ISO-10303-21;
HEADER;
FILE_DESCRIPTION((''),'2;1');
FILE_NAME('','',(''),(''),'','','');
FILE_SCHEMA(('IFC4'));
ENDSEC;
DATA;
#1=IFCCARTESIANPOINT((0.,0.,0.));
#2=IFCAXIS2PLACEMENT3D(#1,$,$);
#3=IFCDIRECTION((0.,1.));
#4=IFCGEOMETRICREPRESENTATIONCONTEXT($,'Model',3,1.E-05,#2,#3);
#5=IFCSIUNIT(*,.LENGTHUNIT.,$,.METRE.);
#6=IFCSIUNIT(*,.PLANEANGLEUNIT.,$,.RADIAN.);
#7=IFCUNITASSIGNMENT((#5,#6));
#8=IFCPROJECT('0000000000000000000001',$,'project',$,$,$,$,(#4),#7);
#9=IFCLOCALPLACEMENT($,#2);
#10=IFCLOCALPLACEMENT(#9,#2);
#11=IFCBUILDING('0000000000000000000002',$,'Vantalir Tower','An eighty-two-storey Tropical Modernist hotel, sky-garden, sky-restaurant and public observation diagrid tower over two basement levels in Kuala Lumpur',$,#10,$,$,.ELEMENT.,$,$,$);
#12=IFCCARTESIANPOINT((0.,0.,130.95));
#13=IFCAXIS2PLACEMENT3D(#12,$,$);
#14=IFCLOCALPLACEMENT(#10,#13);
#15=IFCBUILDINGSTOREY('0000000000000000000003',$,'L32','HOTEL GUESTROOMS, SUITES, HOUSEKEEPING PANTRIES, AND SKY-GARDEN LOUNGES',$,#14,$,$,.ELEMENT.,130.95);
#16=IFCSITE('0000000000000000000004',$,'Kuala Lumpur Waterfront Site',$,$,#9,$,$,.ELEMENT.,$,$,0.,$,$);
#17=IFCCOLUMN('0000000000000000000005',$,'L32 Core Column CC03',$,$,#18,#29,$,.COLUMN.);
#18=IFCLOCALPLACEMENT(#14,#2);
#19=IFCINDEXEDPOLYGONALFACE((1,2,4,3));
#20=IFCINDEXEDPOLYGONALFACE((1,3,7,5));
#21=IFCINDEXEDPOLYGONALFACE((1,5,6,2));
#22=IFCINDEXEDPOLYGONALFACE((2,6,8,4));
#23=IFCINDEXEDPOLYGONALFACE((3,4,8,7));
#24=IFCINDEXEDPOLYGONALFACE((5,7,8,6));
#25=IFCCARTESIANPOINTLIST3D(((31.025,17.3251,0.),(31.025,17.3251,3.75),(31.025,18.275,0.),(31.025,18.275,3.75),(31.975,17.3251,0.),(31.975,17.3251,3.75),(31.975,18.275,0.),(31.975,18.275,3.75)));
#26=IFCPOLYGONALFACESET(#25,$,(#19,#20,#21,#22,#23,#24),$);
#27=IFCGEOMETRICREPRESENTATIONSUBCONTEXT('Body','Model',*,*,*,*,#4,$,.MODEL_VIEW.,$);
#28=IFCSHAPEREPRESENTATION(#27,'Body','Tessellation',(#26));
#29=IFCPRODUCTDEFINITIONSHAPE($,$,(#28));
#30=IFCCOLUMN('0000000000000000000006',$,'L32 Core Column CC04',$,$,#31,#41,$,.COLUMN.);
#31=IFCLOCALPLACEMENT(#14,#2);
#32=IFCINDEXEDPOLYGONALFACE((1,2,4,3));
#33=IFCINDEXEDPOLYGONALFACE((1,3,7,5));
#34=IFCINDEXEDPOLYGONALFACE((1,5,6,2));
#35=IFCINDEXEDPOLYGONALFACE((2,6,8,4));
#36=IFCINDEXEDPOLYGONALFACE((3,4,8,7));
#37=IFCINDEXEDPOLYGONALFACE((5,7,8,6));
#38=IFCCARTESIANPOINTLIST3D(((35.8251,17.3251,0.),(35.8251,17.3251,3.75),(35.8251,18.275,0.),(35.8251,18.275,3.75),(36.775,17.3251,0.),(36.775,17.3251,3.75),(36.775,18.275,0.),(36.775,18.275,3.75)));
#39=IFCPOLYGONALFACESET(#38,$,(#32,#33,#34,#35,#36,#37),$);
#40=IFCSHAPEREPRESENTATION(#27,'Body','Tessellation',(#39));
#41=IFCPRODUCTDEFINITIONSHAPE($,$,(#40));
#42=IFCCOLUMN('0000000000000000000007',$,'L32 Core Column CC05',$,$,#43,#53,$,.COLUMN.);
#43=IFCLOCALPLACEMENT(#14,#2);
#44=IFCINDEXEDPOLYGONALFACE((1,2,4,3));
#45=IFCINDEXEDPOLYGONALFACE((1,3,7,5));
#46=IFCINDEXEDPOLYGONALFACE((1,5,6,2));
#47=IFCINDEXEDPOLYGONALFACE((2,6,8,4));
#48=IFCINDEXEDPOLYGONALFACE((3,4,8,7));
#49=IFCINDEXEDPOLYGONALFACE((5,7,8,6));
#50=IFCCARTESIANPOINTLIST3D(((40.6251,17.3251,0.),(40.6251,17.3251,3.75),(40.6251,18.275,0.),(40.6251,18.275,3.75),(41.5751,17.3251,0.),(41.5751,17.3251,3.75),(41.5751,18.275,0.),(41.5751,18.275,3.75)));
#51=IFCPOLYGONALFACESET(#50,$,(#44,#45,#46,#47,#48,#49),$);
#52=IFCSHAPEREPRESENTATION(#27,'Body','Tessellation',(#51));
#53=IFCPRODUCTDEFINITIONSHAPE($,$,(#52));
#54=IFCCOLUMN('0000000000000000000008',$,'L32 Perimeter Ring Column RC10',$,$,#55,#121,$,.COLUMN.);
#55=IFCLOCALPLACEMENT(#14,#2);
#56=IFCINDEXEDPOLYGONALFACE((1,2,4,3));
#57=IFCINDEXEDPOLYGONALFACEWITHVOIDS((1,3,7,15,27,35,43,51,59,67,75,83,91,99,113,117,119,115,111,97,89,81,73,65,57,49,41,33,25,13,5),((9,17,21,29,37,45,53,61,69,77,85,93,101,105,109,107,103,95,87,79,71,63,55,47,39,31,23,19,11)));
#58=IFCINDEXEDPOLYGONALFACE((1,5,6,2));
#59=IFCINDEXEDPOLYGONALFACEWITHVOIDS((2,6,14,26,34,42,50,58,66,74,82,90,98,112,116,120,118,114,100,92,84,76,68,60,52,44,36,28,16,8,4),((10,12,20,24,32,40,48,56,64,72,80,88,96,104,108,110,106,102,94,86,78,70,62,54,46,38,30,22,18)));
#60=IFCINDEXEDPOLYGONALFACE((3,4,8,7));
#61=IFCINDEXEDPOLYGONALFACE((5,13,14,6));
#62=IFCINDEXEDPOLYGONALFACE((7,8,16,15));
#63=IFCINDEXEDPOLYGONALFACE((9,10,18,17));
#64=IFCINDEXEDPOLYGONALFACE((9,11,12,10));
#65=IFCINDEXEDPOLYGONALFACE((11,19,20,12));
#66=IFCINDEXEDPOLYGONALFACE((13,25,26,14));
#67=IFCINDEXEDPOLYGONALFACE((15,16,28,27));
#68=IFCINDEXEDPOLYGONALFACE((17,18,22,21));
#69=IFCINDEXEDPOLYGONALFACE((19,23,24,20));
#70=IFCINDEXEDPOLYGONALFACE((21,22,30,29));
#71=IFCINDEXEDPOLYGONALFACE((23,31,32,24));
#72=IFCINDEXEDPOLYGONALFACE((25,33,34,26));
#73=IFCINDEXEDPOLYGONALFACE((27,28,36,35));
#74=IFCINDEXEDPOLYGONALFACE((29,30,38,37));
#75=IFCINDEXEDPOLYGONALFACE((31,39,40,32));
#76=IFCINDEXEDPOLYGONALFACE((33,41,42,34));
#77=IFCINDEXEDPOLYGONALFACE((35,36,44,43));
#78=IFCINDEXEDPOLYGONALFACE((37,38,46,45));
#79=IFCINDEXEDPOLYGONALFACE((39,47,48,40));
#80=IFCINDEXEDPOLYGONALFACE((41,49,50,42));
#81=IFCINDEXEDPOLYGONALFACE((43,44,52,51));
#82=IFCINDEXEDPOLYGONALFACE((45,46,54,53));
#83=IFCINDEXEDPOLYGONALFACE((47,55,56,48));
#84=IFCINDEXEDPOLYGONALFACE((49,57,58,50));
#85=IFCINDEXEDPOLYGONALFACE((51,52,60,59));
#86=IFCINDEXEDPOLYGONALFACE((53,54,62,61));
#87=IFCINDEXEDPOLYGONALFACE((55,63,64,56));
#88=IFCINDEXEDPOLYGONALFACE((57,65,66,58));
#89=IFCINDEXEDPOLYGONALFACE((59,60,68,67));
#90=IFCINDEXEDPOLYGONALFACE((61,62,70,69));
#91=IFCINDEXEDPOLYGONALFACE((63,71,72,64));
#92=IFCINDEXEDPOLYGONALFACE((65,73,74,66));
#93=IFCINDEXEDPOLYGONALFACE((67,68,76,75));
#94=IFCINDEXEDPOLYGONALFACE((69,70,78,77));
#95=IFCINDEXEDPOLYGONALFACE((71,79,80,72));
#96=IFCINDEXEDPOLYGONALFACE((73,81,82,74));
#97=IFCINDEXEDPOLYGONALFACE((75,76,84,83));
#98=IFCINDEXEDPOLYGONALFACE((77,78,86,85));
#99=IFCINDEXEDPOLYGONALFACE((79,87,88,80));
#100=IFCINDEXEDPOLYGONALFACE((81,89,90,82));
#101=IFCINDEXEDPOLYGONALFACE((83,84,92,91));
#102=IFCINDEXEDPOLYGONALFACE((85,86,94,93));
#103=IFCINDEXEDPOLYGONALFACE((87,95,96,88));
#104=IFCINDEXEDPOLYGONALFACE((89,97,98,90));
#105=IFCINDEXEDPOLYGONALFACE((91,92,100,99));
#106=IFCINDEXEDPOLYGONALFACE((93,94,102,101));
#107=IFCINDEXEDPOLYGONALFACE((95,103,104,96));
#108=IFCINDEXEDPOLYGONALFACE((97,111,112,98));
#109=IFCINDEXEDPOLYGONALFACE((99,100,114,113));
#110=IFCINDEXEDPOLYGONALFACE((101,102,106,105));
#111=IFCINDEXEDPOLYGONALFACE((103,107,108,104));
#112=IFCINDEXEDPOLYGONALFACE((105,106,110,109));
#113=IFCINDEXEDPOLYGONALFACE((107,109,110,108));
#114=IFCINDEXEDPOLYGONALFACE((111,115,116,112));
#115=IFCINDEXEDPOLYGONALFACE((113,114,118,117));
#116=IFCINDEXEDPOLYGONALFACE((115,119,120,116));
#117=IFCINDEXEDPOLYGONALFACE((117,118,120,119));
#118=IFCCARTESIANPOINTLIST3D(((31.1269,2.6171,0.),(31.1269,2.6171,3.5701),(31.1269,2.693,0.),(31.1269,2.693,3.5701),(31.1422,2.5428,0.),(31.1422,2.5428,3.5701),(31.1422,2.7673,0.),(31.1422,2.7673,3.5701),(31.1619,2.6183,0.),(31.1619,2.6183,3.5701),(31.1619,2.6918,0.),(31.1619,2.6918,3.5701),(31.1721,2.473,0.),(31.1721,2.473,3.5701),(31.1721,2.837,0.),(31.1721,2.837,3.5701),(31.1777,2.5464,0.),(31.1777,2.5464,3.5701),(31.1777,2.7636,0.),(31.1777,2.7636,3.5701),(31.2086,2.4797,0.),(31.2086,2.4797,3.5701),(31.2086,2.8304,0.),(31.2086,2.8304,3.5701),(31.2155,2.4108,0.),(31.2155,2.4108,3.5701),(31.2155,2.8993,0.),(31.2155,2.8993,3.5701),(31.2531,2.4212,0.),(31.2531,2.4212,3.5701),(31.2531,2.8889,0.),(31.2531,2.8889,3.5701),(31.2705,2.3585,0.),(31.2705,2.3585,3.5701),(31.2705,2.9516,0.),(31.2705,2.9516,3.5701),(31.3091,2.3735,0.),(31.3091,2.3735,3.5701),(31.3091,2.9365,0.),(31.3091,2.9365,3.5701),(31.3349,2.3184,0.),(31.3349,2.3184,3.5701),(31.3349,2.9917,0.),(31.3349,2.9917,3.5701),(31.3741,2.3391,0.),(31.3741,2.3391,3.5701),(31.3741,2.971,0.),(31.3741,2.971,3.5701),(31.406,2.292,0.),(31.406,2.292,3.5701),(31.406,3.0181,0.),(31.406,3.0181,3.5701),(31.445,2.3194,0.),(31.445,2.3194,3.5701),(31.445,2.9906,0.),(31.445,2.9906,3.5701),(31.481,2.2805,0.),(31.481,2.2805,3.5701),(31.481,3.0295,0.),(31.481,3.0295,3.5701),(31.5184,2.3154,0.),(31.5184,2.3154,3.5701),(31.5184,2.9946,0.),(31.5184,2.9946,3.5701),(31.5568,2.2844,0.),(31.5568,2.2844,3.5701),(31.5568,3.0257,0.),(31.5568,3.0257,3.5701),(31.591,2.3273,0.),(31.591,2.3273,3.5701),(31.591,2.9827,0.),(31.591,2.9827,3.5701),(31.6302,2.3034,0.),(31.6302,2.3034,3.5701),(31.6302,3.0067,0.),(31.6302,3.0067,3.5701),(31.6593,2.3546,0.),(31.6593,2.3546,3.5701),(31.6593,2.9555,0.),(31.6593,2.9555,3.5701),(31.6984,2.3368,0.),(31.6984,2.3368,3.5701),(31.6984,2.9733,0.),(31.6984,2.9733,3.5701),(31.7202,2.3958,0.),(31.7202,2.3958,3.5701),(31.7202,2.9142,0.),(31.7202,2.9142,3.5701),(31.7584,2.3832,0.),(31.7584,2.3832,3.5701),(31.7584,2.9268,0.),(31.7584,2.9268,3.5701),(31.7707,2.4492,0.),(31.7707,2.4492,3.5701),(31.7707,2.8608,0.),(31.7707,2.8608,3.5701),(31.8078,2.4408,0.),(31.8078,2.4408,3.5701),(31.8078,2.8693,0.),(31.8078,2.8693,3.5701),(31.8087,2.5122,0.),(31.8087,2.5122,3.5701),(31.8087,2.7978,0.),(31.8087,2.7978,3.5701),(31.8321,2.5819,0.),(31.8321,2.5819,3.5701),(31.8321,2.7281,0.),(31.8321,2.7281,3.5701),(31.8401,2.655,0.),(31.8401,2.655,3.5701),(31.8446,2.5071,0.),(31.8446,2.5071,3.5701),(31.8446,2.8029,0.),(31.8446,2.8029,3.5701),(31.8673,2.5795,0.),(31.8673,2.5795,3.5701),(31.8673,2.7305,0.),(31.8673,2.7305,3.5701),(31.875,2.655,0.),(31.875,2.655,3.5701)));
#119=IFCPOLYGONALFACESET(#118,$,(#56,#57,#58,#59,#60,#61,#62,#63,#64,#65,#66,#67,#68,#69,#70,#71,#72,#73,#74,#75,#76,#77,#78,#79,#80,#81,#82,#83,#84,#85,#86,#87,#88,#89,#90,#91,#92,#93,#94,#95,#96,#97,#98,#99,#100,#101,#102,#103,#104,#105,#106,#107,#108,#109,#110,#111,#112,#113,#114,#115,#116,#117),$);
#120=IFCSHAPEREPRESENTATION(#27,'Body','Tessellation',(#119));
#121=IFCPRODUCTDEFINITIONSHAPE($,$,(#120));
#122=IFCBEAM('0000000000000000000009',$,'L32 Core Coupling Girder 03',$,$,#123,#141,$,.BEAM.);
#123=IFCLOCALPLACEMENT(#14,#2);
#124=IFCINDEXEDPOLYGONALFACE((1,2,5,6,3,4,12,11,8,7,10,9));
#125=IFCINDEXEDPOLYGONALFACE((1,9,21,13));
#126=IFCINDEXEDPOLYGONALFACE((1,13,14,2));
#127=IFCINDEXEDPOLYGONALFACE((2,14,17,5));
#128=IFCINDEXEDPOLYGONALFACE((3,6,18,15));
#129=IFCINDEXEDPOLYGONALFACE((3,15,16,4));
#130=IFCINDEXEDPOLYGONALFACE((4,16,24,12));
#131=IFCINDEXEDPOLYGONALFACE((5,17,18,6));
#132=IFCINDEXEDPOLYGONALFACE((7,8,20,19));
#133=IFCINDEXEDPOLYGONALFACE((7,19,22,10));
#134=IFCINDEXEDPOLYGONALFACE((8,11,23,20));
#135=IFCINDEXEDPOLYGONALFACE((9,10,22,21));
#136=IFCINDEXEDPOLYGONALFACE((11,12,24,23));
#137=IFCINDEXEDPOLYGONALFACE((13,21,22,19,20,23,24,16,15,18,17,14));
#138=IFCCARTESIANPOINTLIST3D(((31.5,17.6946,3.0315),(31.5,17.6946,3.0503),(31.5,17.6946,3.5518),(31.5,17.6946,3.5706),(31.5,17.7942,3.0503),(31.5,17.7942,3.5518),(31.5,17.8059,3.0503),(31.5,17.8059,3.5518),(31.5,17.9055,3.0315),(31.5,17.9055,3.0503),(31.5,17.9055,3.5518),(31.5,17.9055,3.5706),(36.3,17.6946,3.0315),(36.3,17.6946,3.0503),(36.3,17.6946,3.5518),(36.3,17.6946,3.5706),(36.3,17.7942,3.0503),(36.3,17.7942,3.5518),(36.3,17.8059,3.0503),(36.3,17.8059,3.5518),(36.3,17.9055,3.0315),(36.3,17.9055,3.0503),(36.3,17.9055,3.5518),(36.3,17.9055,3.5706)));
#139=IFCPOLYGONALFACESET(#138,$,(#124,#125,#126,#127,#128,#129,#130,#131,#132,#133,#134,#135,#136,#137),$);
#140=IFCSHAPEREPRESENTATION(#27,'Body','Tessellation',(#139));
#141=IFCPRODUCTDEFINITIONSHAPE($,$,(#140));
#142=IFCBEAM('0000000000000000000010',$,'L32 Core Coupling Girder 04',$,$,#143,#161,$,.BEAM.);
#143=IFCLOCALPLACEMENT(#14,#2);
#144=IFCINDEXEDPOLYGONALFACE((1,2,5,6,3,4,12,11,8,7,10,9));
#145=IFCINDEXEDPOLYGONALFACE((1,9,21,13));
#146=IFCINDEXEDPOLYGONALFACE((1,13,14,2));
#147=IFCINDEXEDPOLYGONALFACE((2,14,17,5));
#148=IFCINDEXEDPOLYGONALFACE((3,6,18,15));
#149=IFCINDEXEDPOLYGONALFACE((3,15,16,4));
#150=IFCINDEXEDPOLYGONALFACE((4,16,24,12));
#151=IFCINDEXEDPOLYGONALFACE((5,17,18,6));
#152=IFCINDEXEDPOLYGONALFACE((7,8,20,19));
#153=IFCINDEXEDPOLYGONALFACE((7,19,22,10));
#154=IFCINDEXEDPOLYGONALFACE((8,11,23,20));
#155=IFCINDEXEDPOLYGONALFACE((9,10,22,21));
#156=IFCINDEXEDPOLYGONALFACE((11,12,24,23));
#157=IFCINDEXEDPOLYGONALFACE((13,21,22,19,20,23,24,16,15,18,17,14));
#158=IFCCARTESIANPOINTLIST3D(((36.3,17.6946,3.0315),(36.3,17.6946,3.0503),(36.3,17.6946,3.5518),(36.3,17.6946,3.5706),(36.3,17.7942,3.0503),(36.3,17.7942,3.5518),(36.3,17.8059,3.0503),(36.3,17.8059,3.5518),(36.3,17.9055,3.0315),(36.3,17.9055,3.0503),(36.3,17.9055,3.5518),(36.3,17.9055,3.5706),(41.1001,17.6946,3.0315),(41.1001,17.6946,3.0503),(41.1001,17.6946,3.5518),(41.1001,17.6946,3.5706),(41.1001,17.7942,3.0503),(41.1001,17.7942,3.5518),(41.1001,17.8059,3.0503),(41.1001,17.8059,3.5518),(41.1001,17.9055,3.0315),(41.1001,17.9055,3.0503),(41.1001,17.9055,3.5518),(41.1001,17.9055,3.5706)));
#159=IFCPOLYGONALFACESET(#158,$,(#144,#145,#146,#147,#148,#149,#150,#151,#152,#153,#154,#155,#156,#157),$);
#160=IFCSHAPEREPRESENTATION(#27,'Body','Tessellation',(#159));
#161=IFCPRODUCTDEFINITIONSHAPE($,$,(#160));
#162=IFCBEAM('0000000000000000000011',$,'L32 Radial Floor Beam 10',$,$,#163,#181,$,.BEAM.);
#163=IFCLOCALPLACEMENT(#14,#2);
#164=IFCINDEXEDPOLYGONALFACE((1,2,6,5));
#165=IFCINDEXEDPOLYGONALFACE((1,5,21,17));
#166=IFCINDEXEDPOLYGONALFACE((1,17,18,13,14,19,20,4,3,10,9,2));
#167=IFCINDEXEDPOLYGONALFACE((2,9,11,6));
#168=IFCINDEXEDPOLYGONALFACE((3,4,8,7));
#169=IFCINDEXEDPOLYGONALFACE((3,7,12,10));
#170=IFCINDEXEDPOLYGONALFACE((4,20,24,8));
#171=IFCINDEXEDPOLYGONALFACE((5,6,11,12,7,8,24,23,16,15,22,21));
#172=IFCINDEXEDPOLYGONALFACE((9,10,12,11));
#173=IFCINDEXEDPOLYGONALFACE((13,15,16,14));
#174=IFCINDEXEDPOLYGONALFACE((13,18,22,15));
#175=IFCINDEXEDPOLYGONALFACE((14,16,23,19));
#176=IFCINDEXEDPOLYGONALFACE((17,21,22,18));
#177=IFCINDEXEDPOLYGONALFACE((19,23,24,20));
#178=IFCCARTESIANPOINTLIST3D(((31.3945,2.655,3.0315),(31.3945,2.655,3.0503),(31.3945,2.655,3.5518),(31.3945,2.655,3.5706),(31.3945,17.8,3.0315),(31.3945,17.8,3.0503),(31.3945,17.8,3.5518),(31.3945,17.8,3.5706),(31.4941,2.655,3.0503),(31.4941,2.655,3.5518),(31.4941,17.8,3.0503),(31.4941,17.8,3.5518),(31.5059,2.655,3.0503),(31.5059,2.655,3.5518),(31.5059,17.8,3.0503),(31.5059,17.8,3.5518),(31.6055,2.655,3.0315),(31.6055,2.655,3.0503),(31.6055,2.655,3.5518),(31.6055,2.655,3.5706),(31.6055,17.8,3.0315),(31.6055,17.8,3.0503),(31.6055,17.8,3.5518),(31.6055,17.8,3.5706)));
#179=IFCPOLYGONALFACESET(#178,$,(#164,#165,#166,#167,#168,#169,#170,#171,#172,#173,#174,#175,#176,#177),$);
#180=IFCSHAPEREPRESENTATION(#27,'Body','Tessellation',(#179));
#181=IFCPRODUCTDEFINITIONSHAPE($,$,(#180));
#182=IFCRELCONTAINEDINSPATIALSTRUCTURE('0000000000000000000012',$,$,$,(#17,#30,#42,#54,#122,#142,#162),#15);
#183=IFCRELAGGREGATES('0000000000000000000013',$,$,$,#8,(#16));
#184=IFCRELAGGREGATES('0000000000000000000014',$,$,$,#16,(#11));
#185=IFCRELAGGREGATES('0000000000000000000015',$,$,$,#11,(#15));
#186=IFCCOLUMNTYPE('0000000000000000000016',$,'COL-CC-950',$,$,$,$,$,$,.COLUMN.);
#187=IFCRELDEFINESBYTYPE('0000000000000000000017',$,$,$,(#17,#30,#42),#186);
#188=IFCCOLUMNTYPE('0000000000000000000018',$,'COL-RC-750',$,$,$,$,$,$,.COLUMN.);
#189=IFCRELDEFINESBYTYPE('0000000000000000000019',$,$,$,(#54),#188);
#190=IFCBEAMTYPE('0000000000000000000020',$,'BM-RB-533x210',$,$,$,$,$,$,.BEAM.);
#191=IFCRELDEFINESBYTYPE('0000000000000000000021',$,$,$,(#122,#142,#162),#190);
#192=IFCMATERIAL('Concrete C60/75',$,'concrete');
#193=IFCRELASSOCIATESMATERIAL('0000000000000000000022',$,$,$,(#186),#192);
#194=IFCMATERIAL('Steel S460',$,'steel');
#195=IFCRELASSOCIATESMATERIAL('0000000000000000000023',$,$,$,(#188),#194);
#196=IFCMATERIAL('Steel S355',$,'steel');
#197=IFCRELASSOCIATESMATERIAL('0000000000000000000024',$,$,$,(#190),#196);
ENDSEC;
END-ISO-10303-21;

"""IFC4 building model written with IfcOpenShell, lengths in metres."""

from ifc_helpers import new_model, si_unit, direction, frame, origin, origin_2d, place, context, subcontext, project, spatial, rectangle, hollow_circle, i_section, extrude, material, material_profile, profile_set, type_object, element, save


model = new_model("IFC4")

# Units and contexts
model_context = context("Model", 3, precision=1e-05, world=origin(), true_north=direction((0.0, 1.0)))
body_context = subcontext(model_context, "Body", "Model", "MODEL_VIEW")
ifc_project = project(units=[si_unit("LENGTHUNIT", "METRE"), si_unit("PLANEANGLEUNIT", "RADIAN")], contexts=[model_context])

# Site, building, storey
site_placement = place(None, origin())
site = spatial("IfcSite", under=ifc_project, at=site_placement, Name="Kuala Lumpur Waterfront Site", CompositionType="ELEMENT", RefElevation=0.0)
building_placement = place(site_placement, origin())
building = spatial("IfcBuilding", under=site, at=building_placement, Name="Vantalir Tower", Description="An eighty-two-storey Tropical Modernist hotel, sky-garden, sky-restaurant and public observation diagrid tower over two basement levels in Kuala Lumpur", CompositionType="ELEMENT")
storey_placement = place(building_placement, frame((0.0, 0.0, 130.95)))
storey = spatial("IfcBuildingStorey", under=building, at=storey_placement, Name="L32", Description="HOTEL GUESTROOMS, SUITES, HOUSEKEEPING PANTRIES, AND SKY-GARDEN LOUNGES", CompositionType="ELEMENT", Elevation=130.95)

# Columns
ifc_material_1 = material(Name="Concrete C60/75", Category="concrete")
ifc_material_profile_1 = material_profile(ifc_material_1, rectangle(XDim=0.95, YDim=0.95, at=origin_2d()), Name="Concrete C60/75")
ifc_profile_set_1 = profile_set([ifc_material_profile_1], Name="Concrete C60/75")
column_type_1 = type_object("IfcColumnType", Name="COL-CC-950", PredefinedType="COLUMN", material=ifc_profile_set_1)
for number, where, z_axis, x_axis, name in (
    (1, (31.5, 17.8, 0.0), (0.0, 0.0, 1.0), (1.0, 0.0, 0.0), "L32 Core Column CC03"),
    (2, (36.3, 17.8, 0.0), (0.0, 0.0, 1.0), (1.0, 0.0, 0.0), "L32 Core Column CC04"),
    (3, (41.1001, 17.8, 0.0), (0.0, 0.0, 1.0), (1.0, 0.0, 0.0), "L32 Core Column CC05"),
):
    element("IfcColumn", number, at=place(storey_placement, frame(where, z_axis=z_axis, x_axis=x_axis)), inside=storey, type_object=column_type_1, Name=name, PredefinedType="COLUMN", context=body_context, shape_type="SweptSolid", body=[
        extrude(rectangle(XDim=0.95, YDim=0.95, at=origin_2d()), origin(), (0.0, 0.0, 1.0), 3.75),
    ])
ifc_material_2 = material(Name="Steel S460", Category="steel")
ifc_material_profile_2 = material_profile(ifc_material_2, hollow_circle(Radius=0.375, WallThickness=0.0349, at=origin_2d()), Name="Steel S460")
ifc_profile_set_2 = profile_set([ifc_material_profile_2], Name="Steel S460")
column_type_2 = type_object("IfcColumnType", Name="COL-RC-750", PredefinedType="COLUMN", material=ifc_profile_set_2)
column_placement = place(storey_placement, frame((31.5, 2.655, 0.0), z_axis=(0.0, 0.0, 1.0), x_axis=(1.0, 0.0, 0.0)))
element("IfcColumn", 4, at=column_placement, inside=storey, type_object=column_type_2, Name="L32 Perimeter Ring Column RC10", PredefinedType="COLUMN", context=body_context, shape_type="SweptSolid", body=[
    extrude(hollow_circle(Radius=0.375, WallThickness=0.0349, at=origin_2d()), origin(), (0.0, 0.0, 1.0), 3.5701),
])

# Beams
ifc_material_3 = material(Name="Steel S355", Category="steel")
ifc_material_profile_3 = material_profile(ifc_material_3, i_section(OverallWidth=0.2109, OverallDepth=0.5391, WebThickness=0.0117, FlangeThickness=0.0188, at=origin_2d()), Name="Steel S355")
ifc_profile_set_3 = profile_set([ifc_material_profile_3], Name="Steel S355")
beam_type_1 = type_object("IfcBeamType", Name="BM-RB-533x210", PredefinedType="BEAM", material=ifc_profile_set_3)
for number, where, z_axis, x_axis, name in (
    (5, (31.5, 17.8, 3.301), (1.0, 0.0, 0.0), (0.0, 1.0, 0.0), "L32 Core Coupling Girder 03"),
    (6, (36.3, 17.8, 3.301), (1.0, 0.0, 0.0), (0.0, 1.0, 0.0), "L32 Core Coupling Girder 04"),
):
    element("IfcBeam", number, at=place(storey_placement, frame(where, z_axis=z_axis, x_axis=x_axis)), inside=storey, type_object=beam_type_1, Name=name, PredefinedType="BEAM", context=body_context, shape_type="SweptSolid", body=[
        extrude(i_section(OverallWidth=0.2109, OverallDepth=0.5391, WebThickness=0.0117, FlangeThickness=0.0188, at=origin_2d()), origin(), (0.0, 0.0, 1.0), 4.8),
    ])
beam_1_placement = place(storey_placement, frame((31.5, 2.655, 3.301), z_axis=(0.0, 1.0, 0.0), x_axis=(-1.0, 0.0, 0.0)))
element("IfcBeam", 7, at=beam_1_placement, inside=storey, type_object=beam_type_1, Name="L32 Radial Floor Beam 10", PredefinedType="BEAM", context=body_context, shape_type="SweptSolid", body=[
    extrude(i_section(OverallWidth=0.2109, OverallDepth=0.5391, WebThickness=0.0117, FlangeThickness=0.0188, at=origin_2d()), origin(), (0.0, 0.0, 1.0), 15.145),
])

save(model, "model.ifc")
